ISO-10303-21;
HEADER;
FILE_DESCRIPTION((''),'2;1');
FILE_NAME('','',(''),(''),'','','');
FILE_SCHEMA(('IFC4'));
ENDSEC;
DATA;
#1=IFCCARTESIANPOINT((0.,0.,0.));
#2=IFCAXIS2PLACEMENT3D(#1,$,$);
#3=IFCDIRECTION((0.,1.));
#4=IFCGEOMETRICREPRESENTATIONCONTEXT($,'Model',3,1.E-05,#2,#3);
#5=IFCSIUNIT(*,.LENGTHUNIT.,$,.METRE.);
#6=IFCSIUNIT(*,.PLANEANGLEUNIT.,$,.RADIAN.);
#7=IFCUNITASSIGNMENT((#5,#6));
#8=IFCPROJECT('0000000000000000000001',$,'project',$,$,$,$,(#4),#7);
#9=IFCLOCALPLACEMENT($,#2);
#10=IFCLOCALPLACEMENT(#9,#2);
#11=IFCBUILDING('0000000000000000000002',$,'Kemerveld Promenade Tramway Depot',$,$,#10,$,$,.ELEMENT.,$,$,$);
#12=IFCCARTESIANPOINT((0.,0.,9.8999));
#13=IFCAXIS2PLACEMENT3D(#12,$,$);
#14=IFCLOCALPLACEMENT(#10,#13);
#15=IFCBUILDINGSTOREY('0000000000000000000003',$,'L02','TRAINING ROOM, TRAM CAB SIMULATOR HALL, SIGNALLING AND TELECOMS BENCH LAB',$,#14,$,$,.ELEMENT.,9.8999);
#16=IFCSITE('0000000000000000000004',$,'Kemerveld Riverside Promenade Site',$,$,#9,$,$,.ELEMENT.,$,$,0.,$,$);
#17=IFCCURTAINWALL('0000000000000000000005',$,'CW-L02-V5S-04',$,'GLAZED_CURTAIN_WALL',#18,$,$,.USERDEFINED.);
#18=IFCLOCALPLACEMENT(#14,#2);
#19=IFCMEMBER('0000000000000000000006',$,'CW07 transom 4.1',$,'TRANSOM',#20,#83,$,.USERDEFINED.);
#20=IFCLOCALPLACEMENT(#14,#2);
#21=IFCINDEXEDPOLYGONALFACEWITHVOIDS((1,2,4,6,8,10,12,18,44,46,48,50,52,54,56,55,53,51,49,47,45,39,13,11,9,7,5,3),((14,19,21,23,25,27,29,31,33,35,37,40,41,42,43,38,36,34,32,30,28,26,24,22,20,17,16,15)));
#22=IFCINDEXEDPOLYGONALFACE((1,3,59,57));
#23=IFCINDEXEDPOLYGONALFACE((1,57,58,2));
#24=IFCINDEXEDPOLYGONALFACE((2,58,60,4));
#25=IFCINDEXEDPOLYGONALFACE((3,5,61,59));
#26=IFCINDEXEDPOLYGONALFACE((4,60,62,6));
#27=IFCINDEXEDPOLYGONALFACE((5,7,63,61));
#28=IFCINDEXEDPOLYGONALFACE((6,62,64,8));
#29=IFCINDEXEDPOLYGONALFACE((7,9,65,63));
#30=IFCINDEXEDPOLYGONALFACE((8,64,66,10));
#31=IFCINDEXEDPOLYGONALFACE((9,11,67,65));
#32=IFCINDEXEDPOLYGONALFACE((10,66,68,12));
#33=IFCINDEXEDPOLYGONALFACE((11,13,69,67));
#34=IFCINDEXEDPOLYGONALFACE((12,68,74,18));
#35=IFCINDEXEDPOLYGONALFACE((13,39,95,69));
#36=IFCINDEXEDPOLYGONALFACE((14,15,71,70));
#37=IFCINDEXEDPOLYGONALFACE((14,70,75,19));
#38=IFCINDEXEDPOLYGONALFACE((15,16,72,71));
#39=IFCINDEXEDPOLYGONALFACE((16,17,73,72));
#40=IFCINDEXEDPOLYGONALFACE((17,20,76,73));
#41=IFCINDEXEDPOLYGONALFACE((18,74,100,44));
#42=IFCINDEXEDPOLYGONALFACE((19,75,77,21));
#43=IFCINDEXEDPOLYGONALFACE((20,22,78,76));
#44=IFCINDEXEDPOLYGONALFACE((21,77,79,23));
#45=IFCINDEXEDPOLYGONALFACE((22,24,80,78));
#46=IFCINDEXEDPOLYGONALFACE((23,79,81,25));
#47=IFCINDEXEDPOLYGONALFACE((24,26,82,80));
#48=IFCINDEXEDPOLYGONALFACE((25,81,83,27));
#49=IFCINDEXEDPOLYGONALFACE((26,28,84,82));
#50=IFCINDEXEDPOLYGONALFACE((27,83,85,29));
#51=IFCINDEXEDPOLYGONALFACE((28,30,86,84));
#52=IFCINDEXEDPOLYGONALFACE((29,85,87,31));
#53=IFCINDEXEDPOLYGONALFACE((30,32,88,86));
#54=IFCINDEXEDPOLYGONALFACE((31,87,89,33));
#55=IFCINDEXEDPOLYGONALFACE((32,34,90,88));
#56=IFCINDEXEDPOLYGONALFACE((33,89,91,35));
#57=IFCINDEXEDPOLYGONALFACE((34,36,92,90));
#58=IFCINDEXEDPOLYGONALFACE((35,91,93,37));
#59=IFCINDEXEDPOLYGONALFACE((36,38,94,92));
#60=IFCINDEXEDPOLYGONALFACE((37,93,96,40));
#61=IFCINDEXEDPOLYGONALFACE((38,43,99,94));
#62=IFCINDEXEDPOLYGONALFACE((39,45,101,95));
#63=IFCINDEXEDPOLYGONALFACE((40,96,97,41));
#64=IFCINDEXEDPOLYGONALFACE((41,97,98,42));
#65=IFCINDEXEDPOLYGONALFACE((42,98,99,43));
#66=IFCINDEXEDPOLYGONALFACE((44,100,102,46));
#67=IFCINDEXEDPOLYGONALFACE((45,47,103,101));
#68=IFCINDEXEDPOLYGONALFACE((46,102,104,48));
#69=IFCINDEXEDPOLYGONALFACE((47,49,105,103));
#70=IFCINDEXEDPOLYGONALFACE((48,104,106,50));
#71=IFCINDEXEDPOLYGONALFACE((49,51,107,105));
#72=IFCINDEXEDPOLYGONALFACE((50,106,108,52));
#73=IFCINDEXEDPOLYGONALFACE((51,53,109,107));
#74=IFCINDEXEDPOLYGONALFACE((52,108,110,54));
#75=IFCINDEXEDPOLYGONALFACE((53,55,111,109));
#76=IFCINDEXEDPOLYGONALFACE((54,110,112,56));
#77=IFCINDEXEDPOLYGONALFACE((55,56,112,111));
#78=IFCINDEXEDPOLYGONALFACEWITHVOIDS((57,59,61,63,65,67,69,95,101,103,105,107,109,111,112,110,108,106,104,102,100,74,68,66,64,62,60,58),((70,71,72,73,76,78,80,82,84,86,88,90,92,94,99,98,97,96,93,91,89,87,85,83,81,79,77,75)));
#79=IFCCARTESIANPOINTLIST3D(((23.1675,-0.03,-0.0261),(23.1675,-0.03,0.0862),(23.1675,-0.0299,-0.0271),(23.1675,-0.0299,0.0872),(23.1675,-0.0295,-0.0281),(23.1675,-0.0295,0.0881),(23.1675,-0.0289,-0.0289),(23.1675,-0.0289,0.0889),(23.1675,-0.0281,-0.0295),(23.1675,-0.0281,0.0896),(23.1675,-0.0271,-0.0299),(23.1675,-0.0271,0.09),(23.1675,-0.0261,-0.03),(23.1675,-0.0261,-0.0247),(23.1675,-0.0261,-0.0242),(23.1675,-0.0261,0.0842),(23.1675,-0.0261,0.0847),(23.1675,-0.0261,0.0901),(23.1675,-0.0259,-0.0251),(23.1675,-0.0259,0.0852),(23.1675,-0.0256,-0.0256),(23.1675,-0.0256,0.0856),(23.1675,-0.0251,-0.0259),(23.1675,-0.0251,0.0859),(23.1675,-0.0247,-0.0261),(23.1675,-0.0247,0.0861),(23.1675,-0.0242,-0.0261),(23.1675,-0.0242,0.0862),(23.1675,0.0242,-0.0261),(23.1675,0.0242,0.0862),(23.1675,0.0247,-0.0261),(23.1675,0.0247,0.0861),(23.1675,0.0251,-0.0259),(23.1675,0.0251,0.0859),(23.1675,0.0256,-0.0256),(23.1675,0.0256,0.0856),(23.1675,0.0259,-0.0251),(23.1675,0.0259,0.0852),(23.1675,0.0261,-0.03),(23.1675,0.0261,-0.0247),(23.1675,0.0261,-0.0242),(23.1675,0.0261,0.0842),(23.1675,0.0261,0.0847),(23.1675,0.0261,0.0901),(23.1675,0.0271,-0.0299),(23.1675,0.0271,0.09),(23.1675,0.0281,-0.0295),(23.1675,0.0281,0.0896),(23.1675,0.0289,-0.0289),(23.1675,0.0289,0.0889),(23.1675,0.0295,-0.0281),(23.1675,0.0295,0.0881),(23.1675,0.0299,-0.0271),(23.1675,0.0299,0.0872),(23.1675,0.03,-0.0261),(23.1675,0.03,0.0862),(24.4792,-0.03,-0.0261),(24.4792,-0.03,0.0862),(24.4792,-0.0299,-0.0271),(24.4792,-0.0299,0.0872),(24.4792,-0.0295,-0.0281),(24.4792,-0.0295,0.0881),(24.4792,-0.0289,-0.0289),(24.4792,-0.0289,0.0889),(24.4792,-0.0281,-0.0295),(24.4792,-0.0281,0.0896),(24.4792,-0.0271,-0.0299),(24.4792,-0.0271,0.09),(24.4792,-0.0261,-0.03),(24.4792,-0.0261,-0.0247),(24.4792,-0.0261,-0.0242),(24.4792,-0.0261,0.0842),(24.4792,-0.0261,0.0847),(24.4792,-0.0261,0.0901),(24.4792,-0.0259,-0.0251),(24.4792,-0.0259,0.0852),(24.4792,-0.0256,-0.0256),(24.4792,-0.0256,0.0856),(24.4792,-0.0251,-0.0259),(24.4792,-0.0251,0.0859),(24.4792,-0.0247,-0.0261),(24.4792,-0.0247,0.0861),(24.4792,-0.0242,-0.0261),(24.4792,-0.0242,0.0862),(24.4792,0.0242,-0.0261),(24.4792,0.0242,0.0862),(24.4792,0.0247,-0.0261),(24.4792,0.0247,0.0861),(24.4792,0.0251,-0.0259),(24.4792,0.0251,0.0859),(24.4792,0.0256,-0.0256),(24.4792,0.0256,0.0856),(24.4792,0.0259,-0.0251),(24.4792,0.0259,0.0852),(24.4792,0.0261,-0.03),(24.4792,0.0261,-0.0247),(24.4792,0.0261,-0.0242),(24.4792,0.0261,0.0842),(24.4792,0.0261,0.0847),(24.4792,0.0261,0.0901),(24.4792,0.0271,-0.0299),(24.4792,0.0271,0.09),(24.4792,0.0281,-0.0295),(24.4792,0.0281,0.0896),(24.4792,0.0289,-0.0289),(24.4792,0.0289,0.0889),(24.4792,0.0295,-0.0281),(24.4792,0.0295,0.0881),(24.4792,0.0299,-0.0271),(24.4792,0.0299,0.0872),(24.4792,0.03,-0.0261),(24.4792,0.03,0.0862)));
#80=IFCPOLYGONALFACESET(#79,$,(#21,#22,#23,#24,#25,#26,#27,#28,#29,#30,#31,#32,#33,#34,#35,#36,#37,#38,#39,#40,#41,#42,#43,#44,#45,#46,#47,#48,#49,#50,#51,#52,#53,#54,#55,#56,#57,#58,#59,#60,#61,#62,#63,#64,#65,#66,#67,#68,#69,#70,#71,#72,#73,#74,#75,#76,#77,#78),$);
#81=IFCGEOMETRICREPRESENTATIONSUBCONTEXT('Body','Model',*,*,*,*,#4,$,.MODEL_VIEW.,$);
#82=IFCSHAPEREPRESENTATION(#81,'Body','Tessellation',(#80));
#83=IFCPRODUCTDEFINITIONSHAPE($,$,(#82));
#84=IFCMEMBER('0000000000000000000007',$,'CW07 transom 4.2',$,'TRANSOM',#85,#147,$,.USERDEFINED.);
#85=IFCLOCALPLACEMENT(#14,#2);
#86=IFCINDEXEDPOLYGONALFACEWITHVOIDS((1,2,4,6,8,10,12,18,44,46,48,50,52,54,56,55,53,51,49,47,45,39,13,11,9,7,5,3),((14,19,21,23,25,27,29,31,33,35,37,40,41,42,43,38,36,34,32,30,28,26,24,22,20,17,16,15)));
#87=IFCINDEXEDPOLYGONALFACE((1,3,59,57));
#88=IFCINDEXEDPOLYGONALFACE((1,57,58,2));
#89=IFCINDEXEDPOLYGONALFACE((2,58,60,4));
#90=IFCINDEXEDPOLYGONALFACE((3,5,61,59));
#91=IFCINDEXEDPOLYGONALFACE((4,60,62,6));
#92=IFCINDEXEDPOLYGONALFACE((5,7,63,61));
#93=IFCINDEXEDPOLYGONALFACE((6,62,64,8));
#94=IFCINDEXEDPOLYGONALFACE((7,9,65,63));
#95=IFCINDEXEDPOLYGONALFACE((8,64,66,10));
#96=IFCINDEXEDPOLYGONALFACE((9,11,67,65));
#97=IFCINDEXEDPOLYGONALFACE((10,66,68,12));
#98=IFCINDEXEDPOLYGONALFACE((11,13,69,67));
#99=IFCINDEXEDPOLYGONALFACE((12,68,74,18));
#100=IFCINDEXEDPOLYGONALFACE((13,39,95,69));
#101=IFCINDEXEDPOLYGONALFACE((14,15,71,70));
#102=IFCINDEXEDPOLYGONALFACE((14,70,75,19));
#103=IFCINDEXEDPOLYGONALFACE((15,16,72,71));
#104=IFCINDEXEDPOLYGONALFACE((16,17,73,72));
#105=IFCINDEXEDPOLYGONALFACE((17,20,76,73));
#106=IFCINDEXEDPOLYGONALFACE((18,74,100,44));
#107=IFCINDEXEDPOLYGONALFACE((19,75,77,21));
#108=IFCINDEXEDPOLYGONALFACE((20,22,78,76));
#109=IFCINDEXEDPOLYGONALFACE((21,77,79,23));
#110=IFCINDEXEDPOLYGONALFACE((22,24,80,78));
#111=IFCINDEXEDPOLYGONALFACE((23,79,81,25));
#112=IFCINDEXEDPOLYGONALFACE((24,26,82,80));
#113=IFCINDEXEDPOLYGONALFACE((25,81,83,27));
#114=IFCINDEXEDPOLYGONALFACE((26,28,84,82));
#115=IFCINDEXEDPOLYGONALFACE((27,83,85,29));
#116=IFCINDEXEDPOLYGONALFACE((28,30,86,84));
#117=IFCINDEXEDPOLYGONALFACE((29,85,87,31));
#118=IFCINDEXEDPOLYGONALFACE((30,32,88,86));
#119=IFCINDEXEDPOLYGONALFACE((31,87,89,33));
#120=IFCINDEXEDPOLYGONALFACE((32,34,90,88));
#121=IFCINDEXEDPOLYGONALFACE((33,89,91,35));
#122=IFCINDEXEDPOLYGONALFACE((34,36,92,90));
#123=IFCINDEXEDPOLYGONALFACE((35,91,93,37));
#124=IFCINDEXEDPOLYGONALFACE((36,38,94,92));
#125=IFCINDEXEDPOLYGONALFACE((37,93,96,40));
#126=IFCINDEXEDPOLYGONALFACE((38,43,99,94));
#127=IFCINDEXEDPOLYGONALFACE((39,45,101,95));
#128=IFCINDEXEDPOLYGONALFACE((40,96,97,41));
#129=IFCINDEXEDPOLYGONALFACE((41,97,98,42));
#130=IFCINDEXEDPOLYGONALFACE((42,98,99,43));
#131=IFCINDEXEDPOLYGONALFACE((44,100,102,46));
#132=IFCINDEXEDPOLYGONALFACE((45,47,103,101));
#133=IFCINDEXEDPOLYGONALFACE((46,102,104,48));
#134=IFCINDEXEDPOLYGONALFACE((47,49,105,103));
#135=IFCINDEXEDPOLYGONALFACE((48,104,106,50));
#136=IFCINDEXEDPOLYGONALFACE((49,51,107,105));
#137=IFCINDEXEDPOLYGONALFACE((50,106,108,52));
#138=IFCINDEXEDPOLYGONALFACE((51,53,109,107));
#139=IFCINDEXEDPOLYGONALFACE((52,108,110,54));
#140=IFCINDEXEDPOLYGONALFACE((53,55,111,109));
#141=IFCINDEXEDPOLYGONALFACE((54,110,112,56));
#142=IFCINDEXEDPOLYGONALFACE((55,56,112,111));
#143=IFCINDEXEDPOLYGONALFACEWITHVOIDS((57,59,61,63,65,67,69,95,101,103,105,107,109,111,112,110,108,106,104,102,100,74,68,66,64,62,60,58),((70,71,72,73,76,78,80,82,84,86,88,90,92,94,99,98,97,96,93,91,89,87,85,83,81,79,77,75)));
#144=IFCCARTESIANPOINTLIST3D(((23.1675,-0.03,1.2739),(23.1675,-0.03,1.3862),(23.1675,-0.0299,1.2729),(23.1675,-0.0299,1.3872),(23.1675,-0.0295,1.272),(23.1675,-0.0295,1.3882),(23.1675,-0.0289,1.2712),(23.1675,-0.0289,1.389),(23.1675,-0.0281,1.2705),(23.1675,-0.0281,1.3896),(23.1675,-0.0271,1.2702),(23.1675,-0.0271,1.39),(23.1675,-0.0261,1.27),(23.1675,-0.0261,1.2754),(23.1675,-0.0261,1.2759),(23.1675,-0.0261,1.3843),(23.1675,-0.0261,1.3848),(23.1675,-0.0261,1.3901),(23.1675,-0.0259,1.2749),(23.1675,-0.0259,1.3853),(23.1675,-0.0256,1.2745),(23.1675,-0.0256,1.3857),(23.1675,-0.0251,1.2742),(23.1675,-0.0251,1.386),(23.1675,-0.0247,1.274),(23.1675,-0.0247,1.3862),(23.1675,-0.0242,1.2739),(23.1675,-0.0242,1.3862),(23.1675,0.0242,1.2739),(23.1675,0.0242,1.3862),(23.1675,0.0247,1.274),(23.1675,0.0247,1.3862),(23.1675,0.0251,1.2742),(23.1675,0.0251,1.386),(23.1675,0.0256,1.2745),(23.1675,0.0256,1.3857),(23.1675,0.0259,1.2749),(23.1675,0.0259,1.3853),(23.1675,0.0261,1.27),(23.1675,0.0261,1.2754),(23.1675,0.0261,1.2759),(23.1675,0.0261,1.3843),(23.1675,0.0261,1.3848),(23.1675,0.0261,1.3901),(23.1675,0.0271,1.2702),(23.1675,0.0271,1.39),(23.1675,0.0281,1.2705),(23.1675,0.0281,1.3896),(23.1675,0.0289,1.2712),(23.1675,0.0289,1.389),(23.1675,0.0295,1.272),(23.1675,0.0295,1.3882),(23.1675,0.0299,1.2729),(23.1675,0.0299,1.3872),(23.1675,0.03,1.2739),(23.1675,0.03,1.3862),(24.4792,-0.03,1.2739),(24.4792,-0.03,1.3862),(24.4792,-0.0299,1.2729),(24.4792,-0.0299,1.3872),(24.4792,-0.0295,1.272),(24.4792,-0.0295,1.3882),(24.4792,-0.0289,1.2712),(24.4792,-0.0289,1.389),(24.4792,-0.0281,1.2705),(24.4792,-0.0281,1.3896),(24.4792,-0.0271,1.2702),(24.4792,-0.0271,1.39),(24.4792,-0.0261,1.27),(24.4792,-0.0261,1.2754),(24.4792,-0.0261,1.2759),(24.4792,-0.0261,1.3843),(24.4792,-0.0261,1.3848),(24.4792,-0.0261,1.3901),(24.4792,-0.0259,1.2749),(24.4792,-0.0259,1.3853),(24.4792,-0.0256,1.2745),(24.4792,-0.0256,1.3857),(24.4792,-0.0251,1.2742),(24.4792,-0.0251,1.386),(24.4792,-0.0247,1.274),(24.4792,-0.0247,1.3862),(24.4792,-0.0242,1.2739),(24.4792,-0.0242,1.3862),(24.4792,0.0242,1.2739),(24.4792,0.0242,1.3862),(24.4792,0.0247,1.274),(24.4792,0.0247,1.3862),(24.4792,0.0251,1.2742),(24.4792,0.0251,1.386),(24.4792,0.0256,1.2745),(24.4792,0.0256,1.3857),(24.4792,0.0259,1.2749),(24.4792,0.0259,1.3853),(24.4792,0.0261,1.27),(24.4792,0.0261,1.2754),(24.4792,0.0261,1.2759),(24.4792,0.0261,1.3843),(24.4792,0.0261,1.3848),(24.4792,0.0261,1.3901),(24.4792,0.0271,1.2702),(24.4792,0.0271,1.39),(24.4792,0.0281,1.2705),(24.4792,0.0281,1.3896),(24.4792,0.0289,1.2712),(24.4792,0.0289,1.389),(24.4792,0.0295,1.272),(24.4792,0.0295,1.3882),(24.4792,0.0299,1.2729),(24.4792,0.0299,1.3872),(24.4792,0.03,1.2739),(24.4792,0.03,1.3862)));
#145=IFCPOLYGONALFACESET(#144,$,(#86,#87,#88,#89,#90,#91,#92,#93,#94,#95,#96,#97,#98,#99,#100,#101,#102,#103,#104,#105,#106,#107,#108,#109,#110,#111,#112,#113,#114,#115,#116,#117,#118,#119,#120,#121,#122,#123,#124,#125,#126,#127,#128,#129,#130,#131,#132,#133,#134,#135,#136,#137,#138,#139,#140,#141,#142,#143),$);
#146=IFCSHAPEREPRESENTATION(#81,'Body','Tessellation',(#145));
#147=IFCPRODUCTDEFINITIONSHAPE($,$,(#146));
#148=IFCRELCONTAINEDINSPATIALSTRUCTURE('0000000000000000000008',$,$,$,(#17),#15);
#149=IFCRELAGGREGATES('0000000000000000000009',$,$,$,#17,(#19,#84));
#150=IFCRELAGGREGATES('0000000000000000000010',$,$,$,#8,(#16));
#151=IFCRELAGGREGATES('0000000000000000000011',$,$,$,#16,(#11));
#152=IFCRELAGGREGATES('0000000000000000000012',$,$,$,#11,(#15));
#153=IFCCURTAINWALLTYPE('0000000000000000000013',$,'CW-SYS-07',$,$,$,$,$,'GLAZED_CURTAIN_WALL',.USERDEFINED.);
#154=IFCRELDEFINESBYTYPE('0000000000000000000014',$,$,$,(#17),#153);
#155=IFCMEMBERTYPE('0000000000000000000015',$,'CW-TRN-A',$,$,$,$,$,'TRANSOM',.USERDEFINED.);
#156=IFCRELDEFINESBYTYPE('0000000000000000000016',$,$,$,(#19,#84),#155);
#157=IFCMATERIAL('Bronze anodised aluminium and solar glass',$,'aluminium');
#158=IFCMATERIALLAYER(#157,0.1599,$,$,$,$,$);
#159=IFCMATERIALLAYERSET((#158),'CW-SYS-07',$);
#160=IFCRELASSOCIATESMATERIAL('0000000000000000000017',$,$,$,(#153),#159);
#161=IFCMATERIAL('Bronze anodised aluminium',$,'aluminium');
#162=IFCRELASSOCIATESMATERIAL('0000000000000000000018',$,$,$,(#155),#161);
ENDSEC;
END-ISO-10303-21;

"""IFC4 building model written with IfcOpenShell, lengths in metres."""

from ifc_helpers import new_model, si_unit, direction, frame, origin, origin_2d, place, context, subcontext, project, spatial, hollow_rectangle, extrude, material, layer, layer_set, material_profile, profile_set, type_object, element, aggregate, save


model = new_model("IFC4")

# Units and contexts
model_context = context("Model", 3, precision=1e-05, world=origin(), true_north=direction((0.0, 1.0)))
body_context = subcontext(model_context, "Body", "Model", "MODEL_VIEW")
ifc_project = project(units=[si_unit("LENGTHUNIT", "METRE"), si_unit("PLANEANGLEUNIT", "RADIAN")], contexts=[model_context])

# Site, building, storey
site_placement = place(None, origin())
site = spatial("IfcSite", under=ifc_project, at=site_placement, Name="Kemerveld Riverside Promenade Site", CompositionType="ELEMENT", RefElevation=0.0)
building_placement = place(site_placement, origin())
building = spatial("IfcBuilding", under=site, at=building_placement, Name="Kemerveld Promenade Tramway Depot", CompositionType="ELEMENT")
storey_placement = place(building_placement, frame((0.0, 0.0, 9.8999)))
storey = spatial("IfcBuildingStorey", under=building, at=storey_placement, Name="L02", Description="TRAINING ROOM, TRAM CAB SIMULATOR HALL, SIGNALLING AND TELECOMS BENCH LAB", CompositionType="ELEMENT", Elevation=9.8999)

# Curtain wall, members
ifc_material_1 = material(Name="Bronze anodised aluminium and solar glass", Category="aluminium")
ifc_layer_1 = layer(ifc_material_1, 0.1599)
ifc_layer_set_1 = layer_set([ifc_layer_1], Name="CW-SYS-07")
curtain_wall_type = type_object("IfcCurtainWallType", Name="CW-SYS-07", ElementType="GLAZED_CURTAIN_WALL", PredefinedType="USERDEFINED", material=ifc_layer_set_1)
curtain_wall_placement = place(storey_placement, origin())
curtain_wall = element("IfcCurtainWall", 1, at=curtain_wall_placement, inside=storey, type_object=curtain_wall_type, Name="CW-L02-V5S-04", ObjectType="GLAZED_CURTAIN_WALL", PredefinedType="USERDEFINED")
ifc_material_2 = material(Name="Bronze anodised aluminium", Category="aluminium")
ifc_material_profile_1 = material_profile(ifc_material_2, hollow_rectangle(XDim=0.0601, YDim=0.1201, WallThickness=0.0039, InnerFilletRadius=0.002, OuterFilletRadius=0.0039, at=origin_2d()), Name="CW-TRN-120x60")
ifc_profile_set_1 = profile_set([ifc_material_profile_1], Name="Bronze anodised aluminium")
member_type_1 = type_object("IfcMemberType", Name="CW-TRN-A", ElementType="TRANSOM", PredefinedType="USERDEFINED", material=ifc_profile_set_1)
member_1_placement = place(storey_placement, frame((24.4792, 0.0, 0.03), z_axis=(-1.0, 0.0, 0.0), x_axis=(0.0, -1.0, 0.0)))
member_1 = element("IfcMember", 2, at=member_1_placement, type_object=member_type_1, Name="CW07 transom 4.1", ObjectType="TRANSOM", PredefinedType="USERDEFINED", context=body_context, shape_type="SweptSolid", body=[
    extrude(hollow_rectangle(XDim=0.0601, YDim=0.1201, WallThickness=0.0039, InnerFilletRadius=0.002, OuterFilletRadius=0.0039, at=origin_2d()), origin(), (0.0, 0.0, 1.0), 1.3118),
])
member_2_placement = place(storey_placement, frame((24.4792, 0.0, 1.3301), z_axis=(-1.0, 0.0, 0.0), x_axis=(0.0, -1.0, 0.0)))
member_2 = element("IfcMember", 3, at=member_2_placement, type_object=member_type_1, Name="CW07 transom 4.2", ObjectType="TRANSOM", PredefinedType="USERDEFINED", context=body_context, shape_type="SweptSolid", body=[
    extrude(hollow_rectangle(XDim=0.0601, YDim=0.1201, WallThickness=0.0039, InnerFilletRadius=0.002, OuterFilletRadius=0.0039, at=origin_2d()), origin(), (0.0, 0.0, 1.0), 1.3118),
])
aggregate(curtain_wall, [member_1, member_2])

save(model, "model.ifc")
